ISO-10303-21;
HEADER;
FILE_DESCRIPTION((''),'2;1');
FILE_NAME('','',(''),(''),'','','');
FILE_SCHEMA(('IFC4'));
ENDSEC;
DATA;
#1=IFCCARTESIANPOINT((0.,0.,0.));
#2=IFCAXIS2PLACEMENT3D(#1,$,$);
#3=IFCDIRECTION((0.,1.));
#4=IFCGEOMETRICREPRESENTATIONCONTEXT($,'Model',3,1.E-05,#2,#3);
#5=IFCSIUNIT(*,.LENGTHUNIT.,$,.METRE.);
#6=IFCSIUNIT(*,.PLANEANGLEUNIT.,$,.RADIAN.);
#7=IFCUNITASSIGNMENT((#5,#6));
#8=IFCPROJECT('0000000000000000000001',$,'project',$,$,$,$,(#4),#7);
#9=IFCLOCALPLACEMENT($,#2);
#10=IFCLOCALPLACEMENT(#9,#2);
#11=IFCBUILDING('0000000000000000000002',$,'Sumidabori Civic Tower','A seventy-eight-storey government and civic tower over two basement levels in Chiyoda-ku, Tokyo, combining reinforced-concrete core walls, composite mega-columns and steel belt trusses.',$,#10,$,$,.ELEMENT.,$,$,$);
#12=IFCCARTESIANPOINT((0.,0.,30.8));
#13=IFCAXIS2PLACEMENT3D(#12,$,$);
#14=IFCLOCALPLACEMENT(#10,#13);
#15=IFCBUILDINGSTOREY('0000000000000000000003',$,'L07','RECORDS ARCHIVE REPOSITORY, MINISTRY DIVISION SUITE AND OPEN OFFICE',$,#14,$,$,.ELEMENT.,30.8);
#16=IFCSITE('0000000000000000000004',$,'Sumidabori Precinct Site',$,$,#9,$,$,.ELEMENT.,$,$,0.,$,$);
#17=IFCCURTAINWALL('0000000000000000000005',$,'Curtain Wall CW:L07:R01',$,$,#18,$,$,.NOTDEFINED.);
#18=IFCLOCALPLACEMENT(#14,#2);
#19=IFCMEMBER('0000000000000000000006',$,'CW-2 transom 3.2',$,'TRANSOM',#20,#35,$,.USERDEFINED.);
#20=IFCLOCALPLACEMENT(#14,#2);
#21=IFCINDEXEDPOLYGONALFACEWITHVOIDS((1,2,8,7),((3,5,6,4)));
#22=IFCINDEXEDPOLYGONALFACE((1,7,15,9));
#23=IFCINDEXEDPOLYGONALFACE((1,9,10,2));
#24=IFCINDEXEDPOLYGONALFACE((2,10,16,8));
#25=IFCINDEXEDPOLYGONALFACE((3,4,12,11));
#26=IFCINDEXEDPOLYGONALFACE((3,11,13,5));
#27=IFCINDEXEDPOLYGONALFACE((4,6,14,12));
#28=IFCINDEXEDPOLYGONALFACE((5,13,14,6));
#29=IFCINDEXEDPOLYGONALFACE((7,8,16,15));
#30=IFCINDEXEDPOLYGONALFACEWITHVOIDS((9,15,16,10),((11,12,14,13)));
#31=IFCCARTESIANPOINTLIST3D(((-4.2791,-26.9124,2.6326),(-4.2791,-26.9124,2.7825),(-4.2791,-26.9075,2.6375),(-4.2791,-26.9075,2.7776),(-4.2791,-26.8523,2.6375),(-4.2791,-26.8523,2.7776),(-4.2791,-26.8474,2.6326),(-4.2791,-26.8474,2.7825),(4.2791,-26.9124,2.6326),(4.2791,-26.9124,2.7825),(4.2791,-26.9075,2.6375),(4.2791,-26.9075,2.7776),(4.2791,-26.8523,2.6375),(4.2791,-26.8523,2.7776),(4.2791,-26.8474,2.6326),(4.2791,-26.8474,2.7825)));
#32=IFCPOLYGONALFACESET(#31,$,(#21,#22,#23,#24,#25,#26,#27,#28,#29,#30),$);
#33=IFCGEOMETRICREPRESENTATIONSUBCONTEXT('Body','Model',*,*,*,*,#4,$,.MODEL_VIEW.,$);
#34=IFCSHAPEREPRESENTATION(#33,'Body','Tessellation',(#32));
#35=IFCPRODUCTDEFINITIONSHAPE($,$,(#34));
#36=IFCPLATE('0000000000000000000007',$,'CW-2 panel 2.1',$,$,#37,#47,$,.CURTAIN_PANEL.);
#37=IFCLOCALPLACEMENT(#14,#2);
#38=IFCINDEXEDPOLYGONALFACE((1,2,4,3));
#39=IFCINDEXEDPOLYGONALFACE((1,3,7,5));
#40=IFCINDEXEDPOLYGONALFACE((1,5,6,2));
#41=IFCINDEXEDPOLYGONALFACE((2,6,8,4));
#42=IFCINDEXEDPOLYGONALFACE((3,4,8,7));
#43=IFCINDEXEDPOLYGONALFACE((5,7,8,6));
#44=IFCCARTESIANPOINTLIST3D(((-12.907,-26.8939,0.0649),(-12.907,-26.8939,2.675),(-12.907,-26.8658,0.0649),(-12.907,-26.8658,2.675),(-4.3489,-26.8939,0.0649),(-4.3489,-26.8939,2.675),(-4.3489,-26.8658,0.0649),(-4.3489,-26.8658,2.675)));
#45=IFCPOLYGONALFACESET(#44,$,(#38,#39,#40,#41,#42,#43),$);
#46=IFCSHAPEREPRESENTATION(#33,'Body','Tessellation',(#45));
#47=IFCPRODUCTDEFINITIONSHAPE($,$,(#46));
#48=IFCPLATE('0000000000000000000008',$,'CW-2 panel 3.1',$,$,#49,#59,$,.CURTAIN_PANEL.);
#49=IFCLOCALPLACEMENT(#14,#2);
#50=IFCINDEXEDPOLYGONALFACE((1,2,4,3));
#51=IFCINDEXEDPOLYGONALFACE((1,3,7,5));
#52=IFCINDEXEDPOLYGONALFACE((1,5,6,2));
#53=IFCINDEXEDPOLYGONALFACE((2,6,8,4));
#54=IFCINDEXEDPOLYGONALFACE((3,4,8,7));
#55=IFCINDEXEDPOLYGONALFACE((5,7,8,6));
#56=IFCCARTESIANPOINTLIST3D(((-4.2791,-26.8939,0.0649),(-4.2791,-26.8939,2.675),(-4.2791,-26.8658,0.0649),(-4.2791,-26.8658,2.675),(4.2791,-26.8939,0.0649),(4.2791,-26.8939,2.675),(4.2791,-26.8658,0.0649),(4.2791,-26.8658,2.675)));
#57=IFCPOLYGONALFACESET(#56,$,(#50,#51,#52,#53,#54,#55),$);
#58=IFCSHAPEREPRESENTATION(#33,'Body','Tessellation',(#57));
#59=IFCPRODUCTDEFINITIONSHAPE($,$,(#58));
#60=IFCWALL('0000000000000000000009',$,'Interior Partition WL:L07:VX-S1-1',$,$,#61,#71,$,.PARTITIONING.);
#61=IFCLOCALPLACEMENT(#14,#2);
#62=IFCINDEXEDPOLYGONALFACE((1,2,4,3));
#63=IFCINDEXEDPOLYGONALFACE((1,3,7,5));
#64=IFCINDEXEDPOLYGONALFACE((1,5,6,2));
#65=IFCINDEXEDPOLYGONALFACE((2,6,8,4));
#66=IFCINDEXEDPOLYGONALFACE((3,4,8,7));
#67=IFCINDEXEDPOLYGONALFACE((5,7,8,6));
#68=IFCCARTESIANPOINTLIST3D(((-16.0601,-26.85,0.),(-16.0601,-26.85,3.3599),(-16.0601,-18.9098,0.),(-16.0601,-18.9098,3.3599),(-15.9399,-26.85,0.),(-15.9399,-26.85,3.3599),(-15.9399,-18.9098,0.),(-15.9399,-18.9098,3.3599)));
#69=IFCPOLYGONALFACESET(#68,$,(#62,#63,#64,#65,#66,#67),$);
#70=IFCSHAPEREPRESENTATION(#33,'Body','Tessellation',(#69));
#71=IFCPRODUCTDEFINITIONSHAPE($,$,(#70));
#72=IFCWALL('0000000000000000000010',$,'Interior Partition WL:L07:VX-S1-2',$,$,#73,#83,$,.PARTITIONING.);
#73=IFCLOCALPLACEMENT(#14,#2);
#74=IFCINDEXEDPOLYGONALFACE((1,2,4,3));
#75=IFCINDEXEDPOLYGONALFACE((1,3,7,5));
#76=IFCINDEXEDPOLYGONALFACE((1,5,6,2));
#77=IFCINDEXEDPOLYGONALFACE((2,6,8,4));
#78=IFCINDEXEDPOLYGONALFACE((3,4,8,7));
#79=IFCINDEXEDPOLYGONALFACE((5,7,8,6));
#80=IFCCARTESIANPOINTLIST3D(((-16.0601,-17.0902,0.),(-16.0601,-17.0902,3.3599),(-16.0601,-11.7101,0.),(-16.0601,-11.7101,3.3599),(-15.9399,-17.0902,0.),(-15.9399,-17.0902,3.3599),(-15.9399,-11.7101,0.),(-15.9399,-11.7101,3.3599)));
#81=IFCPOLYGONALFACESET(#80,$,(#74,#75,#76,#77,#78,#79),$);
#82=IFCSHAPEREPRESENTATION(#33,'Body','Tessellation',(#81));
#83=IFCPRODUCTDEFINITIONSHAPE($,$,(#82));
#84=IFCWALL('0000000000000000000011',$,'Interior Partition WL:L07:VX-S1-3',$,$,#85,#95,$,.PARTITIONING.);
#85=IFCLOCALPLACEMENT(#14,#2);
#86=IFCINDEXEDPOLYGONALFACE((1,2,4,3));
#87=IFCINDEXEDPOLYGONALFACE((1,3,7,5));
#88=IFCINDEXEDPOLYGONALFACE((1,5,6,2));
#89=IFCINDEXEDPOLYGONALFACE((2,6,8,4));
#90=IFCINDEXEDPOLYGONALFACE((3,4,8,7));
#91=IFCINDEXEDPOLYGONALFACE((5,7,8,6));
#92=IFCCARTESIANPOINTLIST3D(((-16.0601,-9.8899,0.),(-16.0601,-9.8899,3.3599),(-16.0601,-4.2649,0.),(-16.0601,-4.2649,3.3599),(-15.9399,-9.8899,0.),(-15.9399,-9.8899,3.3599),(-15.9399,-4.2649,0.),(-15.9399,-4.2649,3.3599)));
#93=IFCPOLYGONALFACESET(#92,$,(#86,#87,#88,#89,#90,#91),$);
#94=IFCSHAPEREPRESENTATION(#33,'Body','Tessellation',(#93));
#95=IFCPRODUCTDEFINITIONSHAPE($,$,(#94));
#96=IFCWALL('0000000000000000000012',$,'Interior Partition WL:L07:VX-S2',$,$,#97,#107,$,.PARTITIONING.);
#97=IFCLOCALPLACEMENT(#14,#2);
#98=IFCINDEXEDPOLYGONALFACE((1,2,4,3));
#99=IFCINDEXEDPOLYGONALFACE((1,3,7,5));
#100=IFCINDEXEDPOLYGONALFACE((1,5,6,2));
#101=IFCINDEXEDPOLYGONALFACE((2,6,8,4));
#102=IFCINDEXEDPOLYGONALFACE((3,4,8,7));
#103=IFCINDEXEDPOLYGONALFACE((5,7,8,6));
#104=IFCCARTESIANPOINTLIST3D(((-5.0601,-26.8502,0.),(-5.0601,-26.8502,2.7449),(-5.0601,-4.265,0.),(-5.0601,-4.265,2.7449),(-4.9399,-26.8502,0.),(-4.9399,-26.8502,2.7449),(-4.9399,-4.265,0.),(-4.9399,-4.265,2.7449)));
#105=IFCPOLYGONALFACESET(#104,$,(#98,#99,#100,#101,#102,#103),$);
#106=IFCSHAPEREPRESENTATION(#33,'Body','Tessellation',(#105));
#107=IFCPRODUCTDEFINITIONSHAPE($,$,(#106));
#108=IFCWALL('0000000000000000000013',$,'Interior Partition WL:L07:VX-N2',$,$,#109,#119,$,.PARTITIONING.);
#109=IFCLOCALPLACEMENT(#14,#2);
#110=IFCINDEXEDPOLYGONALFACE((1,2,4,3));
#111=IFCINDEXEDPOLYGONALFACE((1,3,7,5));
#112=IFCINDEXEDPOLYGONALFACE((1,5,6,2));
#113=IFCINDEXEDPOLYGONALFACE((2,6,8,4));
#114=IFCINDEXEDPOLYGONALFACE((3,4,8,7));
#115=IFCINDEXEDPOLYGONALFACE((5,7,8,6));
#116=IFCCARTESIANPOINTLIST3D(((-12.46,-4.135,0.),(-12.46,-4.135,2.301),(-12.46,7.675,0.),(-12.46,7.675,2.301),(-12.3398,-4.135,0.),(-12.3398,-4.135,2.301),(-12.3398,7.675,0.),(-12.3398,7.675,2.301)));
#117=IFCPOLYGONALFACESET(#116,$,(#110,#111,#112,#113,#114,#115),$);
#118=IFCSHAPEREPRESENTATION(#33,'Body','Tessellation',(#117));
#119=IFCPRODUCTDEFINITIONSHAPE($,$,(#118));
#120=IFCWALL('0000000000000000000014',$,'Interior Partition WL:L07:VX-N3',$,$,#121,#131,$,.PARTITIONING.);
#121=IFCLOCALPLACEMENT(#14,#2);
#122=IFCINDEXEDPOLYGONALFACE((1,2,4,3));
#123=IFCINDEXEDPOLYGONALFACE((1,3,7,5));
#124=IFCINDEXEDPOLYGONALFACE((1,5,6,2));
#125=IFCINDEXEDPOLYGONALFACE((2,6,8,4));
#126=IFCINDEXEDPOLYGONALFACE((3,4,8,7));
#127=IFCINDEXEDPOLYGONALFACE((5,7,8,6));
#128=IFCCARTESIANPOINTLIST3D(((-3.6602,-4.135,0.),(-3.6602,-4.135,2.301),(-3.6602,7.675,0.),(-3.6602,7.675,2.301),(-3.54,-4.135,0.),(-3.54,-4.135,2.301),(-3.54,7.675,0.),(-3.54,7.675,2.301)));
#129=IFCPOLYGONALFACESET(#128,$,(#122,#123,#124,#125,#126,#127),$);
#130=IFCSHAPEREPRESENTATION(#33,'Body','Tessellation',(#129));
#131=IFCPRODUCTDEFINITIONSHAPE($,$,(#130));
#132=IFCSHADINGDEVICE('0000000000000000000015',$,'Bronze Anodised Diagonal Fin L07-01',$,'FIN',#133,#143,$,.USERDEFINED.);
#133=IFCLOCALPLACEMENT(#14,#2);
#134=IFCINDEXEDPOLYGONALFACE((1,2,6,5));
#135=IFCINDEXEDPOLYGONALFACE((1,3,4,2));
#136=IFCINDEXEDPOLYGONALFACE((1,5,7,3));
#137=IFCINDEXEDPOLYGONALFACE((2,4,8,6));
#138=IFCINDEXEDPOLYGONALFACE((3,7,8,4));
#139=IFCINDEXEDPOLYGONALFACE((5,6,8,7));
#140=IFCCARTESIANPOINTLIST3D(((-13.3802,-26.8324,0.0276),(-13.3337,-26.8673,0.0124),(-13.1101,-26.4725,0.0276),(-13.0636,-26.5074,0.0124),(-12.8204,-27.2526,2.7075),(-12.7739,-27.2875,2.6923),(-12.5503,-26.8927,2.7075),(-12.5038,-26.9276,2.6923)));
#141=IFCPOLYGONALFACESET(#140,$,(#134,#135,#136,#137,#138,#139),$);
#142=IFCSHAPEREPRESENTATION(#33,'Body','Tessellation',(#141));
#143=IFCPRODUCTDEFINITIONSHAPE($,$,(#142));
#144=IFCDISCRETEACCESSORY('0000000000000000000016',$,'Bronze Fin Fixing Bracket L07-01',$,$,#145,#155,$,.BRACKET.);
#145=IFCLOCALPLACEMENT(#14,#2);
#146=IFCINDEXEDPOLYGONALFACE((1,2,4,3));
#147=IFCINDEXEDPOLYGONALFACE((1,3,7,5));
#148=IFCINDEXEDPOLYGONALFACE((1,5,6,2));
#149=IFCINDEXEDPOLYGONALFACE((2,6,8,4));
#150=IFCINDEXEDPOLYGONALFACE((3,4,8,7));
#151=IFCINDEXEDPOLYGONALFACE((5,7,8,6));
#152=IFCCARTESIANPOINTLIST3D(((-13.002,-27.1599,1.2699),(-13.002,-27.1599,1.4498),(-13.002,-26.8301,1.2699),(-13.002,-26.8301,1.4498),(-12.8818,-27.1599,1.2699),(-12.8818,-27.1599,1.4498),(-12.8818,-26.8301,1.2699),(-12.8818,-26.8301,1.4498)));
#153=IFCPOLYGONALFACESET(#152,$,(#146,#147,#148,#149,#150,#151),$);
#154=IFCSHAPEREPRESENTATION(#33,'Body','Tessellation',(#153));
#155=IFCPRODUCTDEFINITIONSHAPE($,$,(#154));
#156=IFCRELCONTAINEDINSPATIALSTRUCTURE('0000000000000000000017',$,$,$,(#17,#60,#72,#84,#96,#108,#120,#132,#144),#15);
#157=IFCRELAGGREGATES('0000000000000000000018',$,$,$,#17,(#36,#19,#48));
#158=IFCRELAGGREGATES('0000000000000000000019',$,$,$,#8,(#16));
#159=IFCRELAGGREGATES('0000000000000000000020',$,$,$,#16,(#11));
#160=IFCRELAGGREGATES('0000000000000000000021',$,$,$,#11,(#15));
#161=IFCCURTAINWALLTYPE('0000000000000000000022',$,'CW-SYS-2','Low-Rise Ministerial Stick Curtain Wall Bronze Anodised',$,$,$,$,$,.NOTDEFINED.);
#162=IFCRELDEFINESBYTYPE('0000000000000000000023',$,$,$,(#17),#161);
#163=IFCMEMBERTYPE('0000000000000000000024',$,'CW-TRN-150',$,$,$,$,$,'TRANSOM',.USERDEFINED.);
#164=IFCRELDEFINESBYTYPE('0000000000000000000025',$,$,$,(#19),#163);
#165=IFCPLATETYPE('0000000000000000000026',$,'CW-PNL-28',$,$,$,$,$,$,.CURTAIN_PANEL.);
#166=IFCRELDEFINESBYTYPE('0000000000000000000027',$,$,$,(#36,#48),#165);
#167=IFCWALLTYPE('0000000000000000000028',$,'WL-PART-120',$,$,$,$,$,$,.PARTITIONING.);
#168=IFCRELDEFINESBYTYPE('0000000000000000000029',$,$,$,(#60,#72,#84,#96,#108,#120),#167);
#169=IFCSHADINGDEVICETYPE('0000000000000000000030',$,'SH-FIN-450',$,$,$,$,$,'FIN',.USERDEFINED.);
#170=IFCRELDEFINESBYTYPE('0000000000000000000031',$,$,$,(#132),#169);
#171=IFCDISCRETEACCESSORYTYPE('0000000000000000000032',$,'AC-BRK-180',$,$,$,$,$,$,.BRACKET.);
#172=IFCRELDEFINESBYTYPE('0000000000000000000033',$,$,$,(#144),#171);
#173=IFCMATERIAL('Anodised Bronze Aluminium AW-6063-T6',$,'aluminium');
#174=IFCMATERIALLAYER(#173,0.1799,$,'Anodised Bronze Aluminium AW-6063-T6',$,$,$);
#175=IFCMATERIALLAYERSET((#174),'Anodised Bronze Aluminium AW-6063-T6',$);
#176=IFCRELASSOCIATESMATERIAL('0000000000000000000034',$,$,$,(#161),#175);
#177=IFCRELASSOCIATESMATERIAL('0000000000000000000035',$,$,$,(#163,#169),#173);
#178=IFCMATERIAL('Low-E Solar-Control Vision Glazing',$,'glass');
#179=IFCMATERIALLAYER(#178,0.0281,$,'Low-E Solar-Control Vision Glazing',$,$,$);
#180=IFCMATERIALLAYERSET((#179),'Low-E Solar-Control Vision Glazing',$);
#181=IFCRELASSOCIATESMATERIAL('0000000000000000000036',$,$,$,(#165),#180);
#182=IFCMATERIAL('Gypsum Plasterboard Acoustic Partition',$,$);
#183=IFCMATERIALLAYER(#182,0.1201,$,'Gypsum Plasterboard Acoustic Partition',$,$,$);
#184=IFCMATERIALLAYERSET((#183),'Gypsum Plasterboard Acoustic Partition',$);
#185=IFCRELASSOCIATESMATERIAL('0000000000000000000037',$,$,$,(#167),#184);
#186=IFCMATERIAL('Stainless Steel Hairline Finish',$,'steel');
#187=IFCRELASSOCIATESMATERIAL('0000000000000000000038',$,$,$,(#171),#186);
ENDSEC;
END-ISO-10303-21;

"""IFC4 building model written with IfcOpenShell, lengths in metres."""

from ifc_helpers import new_model, si_unit, direction, frame, frame_2d, origin, origin_2d, place, context, subcontext, project, spatial, rectangle, hollow_rectangle, extrude, source, transform, mapped, material, layer, layer_set, material_profile, profile_set, type_object, element, aggregate, save


model = new_model("IFC4")

# Units and contexts
model_context = context("Model", 3, precision=1e-05, world=origin(), true_north=direction((0.0, 1.0)))
body_context = subcontext(model_context, "Body", "Model", "MODEL_VIEW")
ifc_project = project(units=[si_unit("LENGTHUNIT", "METRE"), si_unit("PLANEANGLEUNIT", "RADIAN")], contexts=[model_context])

# Site, building, storey
site_placement = place(None, origin())
site = spatial("IfcSite", under=ifc_project, at=site_placement, Name="Sumidabori Precinct Site", CompositionType="ELEMENT", RefElevation=0.0)
building_placement = place(site_placement, origin())
building = spatial("IfcBuilding", under=site, at=building_placement, Name="Sumidabori Civic Tower", Description="A seventy-eight-storey government and civic tower over two basement levels in Chiyoda-ku, Tokyo, combining reinforced-concrete core walls, composite mega-columns and steel belt trusses.", CompositionType="ELEMENT")
storey_placement = place(building_placement, frame((0.0, 0.0, 30.8)))
storey = spatial("IfcBuildingStorey", under=building, at=storey_placement, Name="L07", Description="RECORDS ARCHIVE REPOSITORY, MINISTRY DIVISION SUITE AND OPEN OFFICE", CompositionType="ELEMENT", Elevation=30.8)

# Curtain wall, member, plates
ifc_material_1 = material(Name="Anodised Bronze Aluminium AW-6063-T6", Category="aluminium")
ifc_layer_1 = layer(ifc_material_1, 0.1799, Name="Anodised Bronze Aluminium AW-6063-T6")
ifc_layer_set_1 = layer_set([ifc_layer_1], Name="Anodised Bronze Aluminium AW-6063-T6")
curtain_wall_type = type_object("IfcCurtainWallType", Name="CW-SYS-2", Description="Low-Rise Ministerial Stick Curtain Wall Bronze Anodised", PredefinedType="NOTDEFINED", material=ifc_layer_set_1)
curtain_wall_placement = place(storey_placement, origin())
curtain_wall = element("IfcCurtainWall", 1, at=curtain_wall_placement, inside=storey, type_object=curtain_wall_type, Name="Curtain Wall CW:L07:R01", PredefinedType="NOTDEFINED")
ifc_material_profile_1 = material_profile(ifc_material_1, hollow_rectangle(XDim=0.0649, YDim=0.1499, WallThickness=0.0049, at=origin_2d()), Name="ALU TRANSOM 150x65")
ifc_profile_set_1 = profile_set([ifc_material_profile_1], Name="Anodised Bronze Aluminium AW-6063-T6")
member_type_1 = type_object("IfcMemberType", Name="CW-TRN-150", ElementType="TRANSOM", PredefinedType="USERDEFINED", material=ifc_profile_set_1)
shared_shape_1 = source(origin(), body_context, "Body", "SweptSolid", [
    extrude(hollow_rectangle(XDim=0.0649, YDim=0.1499, WallThickness=0.0049, at=origin_2d()), origin(), (0.0, 0.0, 1.0), 8.5581),
])
member_1_placement = place(storey_placement, frame((-4.2791, -26.8799, 2.7075), z_axis=(1.0, 0.0, 0.0), x_axis=(0.0, 1.0, 0.0)))
member_1 = element("IfcMember", 2, at=member_1_placement, type_object=member_type_1, Name="CW-2 transom 3.2", ObjectType="TRANSOM", PredefinedType="USERDEFINED", context=body_context, shape_type="MappedRepresentation", body=[
    mapped(shared_shape_1, transform((0.0, 0.0, 0.0), x_axis=(1.0, 0.0, 0.0), y_axis=(0.0, 1.0, 0.0), z_axis=(0.0, 0.0, 1.0), scale=1.0)),
])
ifc_material_2 = material(Name="Low-E Solar-Control Vision Glazing", Category="glass")
ifc_layer_2 = layer(ifc_material_2, 0.0281, Name="Low-E Solar-Control Vision Glazing")
ifc_layer_set_2 = layer_set([ifc_layer_2], Name="Low-E Solar-Control Vision Glazing")
plate_type = type_object("IfcPlateType", Name="CW-PNL-28", PredefinedType="CURTAIN_PANEL", material=ifc_layer_set_2)
shared_shape_2 = source(origin(), body_context, "Body", "SweptSolid", [
    extrude(rectangle(XDim=8.5581, YDim=0.0281, at=origin_2d()), origin(), (0.0, 0.0, 1.0), 2.6101),
])
plate_1_placement = place(storey_placement, frame((-8.6279, -26.8799, 0.0649), z_axis=(0.0, 0.0, 1.0), x_axis=(1.0, 0.0, 0.0)))
plate_1 = element("IfcPlate", 3, at=plate_1_placement, type_object=plate_type, Name="CW-2 panel 2.1", PredefinedType="CURTAIN_PANEL", context=body_context, shape_type="MappedRepresentation", body=[
    mapped(shared_shape_2, transform((0.0, 0.0, 0.0), x_axis=(1.0, 0.0, 0.0), y_axis=(0.0, 1.0, 0.0), z_axis=(0.0, 0.0, 1.0), scale=1.0)),
])
plate_2_placement = place(storey_placement, frame((0.0, -26.8799, 0.0649), z_axis=(0.0, 0.0, 1.0), x_axis=(1.0, 0.0, 0.0)))
plate_2 = element("IfcPlate", 4, at=plate_2_placement, type_object=plate_type, Name="CW-2 panel 3.1", PredefinedType="CURTAIN_PANEL", context=body_context, shape_type="MappedRepresentation", body=[
    mapped(shared_shape_2, transform((0.0, 0.0, 0.0), x_axis=(1.0, 0.0, 0.0), y_axis=(0.0, 1.0, 0.0), z_axis=(0.0, 0.0, 1.0), scale=1.0)),
])
aggregate(curtain_wall, [plate_1, member_1, plate_2])

# Walls
ifc_material_3 = material(Name="Gypsum Plasterboard Acoustic Partition")
ifc_layer_3 = layer(ifc_material_3, 0.1201, Name="Gypsum Plasterboard Acoustic Partition")
ifc_layer_set_3 = layer_set([ifc_layer_3], Name="Gypsum Plasterboard Acoustic Partition")
wall_type = type_object("IfcWallType", Name="WL-PART-120", PredefinedType="PARTITIONING", material=ifc_layer_set_3)
shared_shape_3 = source(origin(), body_context, "Body", "SweptSolid", [
    extrude(rectangle(XDim=7.9402, YDim=0.1201, at=frame_2d((3.9702, 0.0))), origin(), (0.0, 0.0, 1.0), 3.3599),
])
wall_1_placement = place(storey_placement, frame((-16.0, -26.8501, 0.0), z_axis=(0.0, 0.0, 1.0), x_axis=(0.0, 1.0, 0.0)))
element("IfcWall", 5, at=wall_1_placement, inside=storey, type_object=wall_type, Name="Interior Partition WL:L07:VX-S1-1", PredefinedType="PARTITIONING", context=body_context, shape_type="MappedRepresentation", body=[
    mapped(shared_shape_3, transform((0.0, 0.0, 0.0), x_axis=(1.0, 0.0, 0.0), y_axis=(0.0, 1.0, 0.0), z_axis=(0.0, 0.0, 1.0), scale=1.0)),
])
shared_shape_4 = source(origin(), body_context, "Body", "SweptSolid", [
    extrude(rectangle(XDim=5.3801, YDim=0.1201, at=frame_2d((2.6899, 0.0))), origin(), (0.0, 0.0, 1.0), 3.3599),
])
wall_2_placement = place(storey_placement, frame((-16.0, -17.0901, 0.0), z_axis=(0.0, 0.0, 1.0), x_axis=(0.0, 1.0, 0.0)))
element("IfcWall", 6, at=wall_2_placement, inside=storey, type_object=wall_type, Name="Interior Partition WL:L07:VX-S1-2", PredefinedType="PARTITIONING", context=body_context, shape_type="MappedRepresentation", body=[
    mapped(shared_shape_4, transform((0.0, 0.0, 0.0), x_axis=(1.0, 0.0, 0.0), y_axis=(0.0, 1.0, 0.0), z_axis=(0.0, 0.0, 1.0), scale=1.0)),
])
shared_shape_5 = source(origin(), body_context, "Body", "SweptSolid", [
    extrude(rectangle(XDim=5.625, YDim=0.1201, at=frame_2d((2.8125, 0.0))), origin(), (0.0, 0.0, 1.0), 3.3599),
])
wall_3_placement = place(storey_placement, frame((-16.0, -9.8899, 0.0), z_axis=(0.0, 0.0, 1.0), x_axis=(0.0, 1.0, 0.0)))
element("IfcWall", 7, at=wall_3_placement, inside=storey, type_object=wall_type, Name="Interior Partition WL:L07:VX-S1-3", PredefinedType="PARTITIONING", context=body_context, shape_type="MappedRepresentation", body=[
    mapped(shared_shape_5, transform((0.0, 0.0, 0.0), x_axis=(1.0, 0.0, 0.0), y_axis=(0.0, 1.0, 0.0), z_axis=(0.0, 0.0, 1.0), scale=1.0)),
])
shared_shape_6 = source(origin(), body_context, "Body", "SweptSolid", [
    extrude(rectangle(XDim=22.5852, YDim=0.1201, at=frame_2d((11.2925, 0.0))), origin(), (0.0, 0.0, 1.0), 2.7449),
])
wall_4_placement = place(storey_placement, frame((-5.0, -26.8501, 0.0), z_axis=(0.0, 0.0, 1.0), x_axis=(0.0, 1.0, 0.0)))
element("IfcWall", 8, at=wall_4_placement, inside=storey, type_object=wall_type, Name="Interior Partition WL:L07:VX-S2", PredefinedType="PARTITIONING", context=body_context, shape_type="MappedRepresentation", body=[
    mapped(shared_shape_6, transform((0.0, 0.0, 0.0), x_axis=(1.0, 0.0, 0.0), y_axis=(0.0, 1.0, 0.0), z_axis=(0.0, 0.0, 1.0), scale=1.0)),
])
shared_shape_7 = source(origin(), body_context, "Body", "SweptSolid", [
    extrude(rectangle(XDim=11.8101, YDim=0.1201, at=frame_2d((5.905, 0.0))), origin(), (0.0, 0.0, 1.0), 2.301),
])
for number, where, z_axis, x_axis, name in (
    (9, (-12.3999, -4.135, 0.0), (0.0, 0.0, 1.0), (0.0, 1.0, 0.0), "Interior Partition WL:L07:VX-N2"),
    (10, (-3.6001, -4.135, 0.0), (0.0, 0.0, 1.0), (0.0, 1.0, 0.0), "Interior Partition WL:L07:VX-N3"),
):
    element("IfcWall", number, at=place(storey_placement, frame(where, z_axis=z_axis, x_axis=x_axis)), inside=storey, type_object=wall_type, Name=name, PredefinedType="PARTITIONING", context=body_context, shape_type="MappedRepresentation", body=[
        mapped(shared_shape_7, transform((0.0, 0.0, 0.0), x_axis=(1.0, 0.0, 0.0), y_axis=(0.0, 1.0, 0.0), z_axis=(0.0, 0.0, 1.0), scale=1.0)),
    ])

# Shading device
ifc_material_profile_2 = material_profile(ifc_material_1, rectangle(XDim=0.0601, YDim=0.45, at=origin_2d()), Name="BRONZE FIN 450x60")
ifc_profile_set_2 = profile_set([ifc_material_profile_2], Name="Anodised Bronze Aluminium AW-6063-T6")
shading_device_type = type_object("IfcShadingDeviceType", Name="SH-FIN-450", ElementType="FIN", PredefinedType="USERDEFINED", material=ifc_profile_set_2)
shared_shape_8 = source(origin(), body_context, "Body", "SweptSolid", [
    extrude(rectangle(XDim=0.0601, YDim=0.45, at=origin_2d()), origin(), (0.0, 0.0, 1.0), 2.7698),
])
shading_device_placement = place(storey_placement, frame((-13.2219, -26.6699, 0.02), z_axis=(0.202111, -0.151694, 0.967543), x_axis=(0.773832, -0.580796, -0.252705)))
element("IfcShadingDevice", 11, at=shading_device_placement, inside=storey, type_object=shading_device_type, Name="Bronze Anodised Diagonal Fin L07-01", ObjectType="FIN", PredefinedType="USERDEFINED", context=body_context, shape_type="MappedRepresentation", body=[
    mapped(shared_shape_8, transform((0.0, 0.0, 0.0), x_axis=(1.0, 0.0, 0.0), y_axis=(0.0, 1.0, 0.0), z_axis=(0.0, 0.0, 1.0), scale=1.0)),
])

# Discrete accessory
ifc_material_4 = material(Name="Stainless Steel Hairline Finish", Category="steel")
ifc_material_profile_3 = material_profile(ifc_material_4, rectangle(XDim=0.1201, YDim=0.1799, at=origin_2d()), Name="STEEL BRACKET 180x120")
ifc_profile_set_3 = profile_set([ifc_material_profile_3], Name="Stainless Steel Hairline Finish")
discrete_accessory_type = type_object("IfcDiscreteAccessoryType", Name="AC-BRK-180", PredefinedType="BRACKET", material=ifc_profile_set_3)
shared_shape_9 = source(origin(), body_context, "Body", "SweptSolid", [
    extrude(rectangle(XDim=0.1201, YDim=0.1799, at=origin_2d()), origin(), (0.0, 0.0, 1.0), 0.3298),
])
discrete_accessory_placement = place(storey_placement, frame((-12.9419, -26.8301, 1.3599), z_axis=(0.0, -1.0, 0.0), x_axis=(1.0, 0.0, 0.0)))
element("IfcDiscreteAccessory", 12, at=discrete_accessory_placement, inside=storey, type_object=discrete_accessory_type, Name="Bronze Fin Fixing Bracket L07-01", PredefinedType="BRACKET", context=body_context, shape_type="MappedRepresentation", body=[
    mapped(shared_shape_9, transform((0.0, 0.0, 0.0), x_axis=(1.0, 0.0, 0.0), y_axis=(0.0, 1.0, 0.0), z_axis=(0.0, 0.0, 1.0), scale=1.0)),
])

save(model, "model.ifc")
